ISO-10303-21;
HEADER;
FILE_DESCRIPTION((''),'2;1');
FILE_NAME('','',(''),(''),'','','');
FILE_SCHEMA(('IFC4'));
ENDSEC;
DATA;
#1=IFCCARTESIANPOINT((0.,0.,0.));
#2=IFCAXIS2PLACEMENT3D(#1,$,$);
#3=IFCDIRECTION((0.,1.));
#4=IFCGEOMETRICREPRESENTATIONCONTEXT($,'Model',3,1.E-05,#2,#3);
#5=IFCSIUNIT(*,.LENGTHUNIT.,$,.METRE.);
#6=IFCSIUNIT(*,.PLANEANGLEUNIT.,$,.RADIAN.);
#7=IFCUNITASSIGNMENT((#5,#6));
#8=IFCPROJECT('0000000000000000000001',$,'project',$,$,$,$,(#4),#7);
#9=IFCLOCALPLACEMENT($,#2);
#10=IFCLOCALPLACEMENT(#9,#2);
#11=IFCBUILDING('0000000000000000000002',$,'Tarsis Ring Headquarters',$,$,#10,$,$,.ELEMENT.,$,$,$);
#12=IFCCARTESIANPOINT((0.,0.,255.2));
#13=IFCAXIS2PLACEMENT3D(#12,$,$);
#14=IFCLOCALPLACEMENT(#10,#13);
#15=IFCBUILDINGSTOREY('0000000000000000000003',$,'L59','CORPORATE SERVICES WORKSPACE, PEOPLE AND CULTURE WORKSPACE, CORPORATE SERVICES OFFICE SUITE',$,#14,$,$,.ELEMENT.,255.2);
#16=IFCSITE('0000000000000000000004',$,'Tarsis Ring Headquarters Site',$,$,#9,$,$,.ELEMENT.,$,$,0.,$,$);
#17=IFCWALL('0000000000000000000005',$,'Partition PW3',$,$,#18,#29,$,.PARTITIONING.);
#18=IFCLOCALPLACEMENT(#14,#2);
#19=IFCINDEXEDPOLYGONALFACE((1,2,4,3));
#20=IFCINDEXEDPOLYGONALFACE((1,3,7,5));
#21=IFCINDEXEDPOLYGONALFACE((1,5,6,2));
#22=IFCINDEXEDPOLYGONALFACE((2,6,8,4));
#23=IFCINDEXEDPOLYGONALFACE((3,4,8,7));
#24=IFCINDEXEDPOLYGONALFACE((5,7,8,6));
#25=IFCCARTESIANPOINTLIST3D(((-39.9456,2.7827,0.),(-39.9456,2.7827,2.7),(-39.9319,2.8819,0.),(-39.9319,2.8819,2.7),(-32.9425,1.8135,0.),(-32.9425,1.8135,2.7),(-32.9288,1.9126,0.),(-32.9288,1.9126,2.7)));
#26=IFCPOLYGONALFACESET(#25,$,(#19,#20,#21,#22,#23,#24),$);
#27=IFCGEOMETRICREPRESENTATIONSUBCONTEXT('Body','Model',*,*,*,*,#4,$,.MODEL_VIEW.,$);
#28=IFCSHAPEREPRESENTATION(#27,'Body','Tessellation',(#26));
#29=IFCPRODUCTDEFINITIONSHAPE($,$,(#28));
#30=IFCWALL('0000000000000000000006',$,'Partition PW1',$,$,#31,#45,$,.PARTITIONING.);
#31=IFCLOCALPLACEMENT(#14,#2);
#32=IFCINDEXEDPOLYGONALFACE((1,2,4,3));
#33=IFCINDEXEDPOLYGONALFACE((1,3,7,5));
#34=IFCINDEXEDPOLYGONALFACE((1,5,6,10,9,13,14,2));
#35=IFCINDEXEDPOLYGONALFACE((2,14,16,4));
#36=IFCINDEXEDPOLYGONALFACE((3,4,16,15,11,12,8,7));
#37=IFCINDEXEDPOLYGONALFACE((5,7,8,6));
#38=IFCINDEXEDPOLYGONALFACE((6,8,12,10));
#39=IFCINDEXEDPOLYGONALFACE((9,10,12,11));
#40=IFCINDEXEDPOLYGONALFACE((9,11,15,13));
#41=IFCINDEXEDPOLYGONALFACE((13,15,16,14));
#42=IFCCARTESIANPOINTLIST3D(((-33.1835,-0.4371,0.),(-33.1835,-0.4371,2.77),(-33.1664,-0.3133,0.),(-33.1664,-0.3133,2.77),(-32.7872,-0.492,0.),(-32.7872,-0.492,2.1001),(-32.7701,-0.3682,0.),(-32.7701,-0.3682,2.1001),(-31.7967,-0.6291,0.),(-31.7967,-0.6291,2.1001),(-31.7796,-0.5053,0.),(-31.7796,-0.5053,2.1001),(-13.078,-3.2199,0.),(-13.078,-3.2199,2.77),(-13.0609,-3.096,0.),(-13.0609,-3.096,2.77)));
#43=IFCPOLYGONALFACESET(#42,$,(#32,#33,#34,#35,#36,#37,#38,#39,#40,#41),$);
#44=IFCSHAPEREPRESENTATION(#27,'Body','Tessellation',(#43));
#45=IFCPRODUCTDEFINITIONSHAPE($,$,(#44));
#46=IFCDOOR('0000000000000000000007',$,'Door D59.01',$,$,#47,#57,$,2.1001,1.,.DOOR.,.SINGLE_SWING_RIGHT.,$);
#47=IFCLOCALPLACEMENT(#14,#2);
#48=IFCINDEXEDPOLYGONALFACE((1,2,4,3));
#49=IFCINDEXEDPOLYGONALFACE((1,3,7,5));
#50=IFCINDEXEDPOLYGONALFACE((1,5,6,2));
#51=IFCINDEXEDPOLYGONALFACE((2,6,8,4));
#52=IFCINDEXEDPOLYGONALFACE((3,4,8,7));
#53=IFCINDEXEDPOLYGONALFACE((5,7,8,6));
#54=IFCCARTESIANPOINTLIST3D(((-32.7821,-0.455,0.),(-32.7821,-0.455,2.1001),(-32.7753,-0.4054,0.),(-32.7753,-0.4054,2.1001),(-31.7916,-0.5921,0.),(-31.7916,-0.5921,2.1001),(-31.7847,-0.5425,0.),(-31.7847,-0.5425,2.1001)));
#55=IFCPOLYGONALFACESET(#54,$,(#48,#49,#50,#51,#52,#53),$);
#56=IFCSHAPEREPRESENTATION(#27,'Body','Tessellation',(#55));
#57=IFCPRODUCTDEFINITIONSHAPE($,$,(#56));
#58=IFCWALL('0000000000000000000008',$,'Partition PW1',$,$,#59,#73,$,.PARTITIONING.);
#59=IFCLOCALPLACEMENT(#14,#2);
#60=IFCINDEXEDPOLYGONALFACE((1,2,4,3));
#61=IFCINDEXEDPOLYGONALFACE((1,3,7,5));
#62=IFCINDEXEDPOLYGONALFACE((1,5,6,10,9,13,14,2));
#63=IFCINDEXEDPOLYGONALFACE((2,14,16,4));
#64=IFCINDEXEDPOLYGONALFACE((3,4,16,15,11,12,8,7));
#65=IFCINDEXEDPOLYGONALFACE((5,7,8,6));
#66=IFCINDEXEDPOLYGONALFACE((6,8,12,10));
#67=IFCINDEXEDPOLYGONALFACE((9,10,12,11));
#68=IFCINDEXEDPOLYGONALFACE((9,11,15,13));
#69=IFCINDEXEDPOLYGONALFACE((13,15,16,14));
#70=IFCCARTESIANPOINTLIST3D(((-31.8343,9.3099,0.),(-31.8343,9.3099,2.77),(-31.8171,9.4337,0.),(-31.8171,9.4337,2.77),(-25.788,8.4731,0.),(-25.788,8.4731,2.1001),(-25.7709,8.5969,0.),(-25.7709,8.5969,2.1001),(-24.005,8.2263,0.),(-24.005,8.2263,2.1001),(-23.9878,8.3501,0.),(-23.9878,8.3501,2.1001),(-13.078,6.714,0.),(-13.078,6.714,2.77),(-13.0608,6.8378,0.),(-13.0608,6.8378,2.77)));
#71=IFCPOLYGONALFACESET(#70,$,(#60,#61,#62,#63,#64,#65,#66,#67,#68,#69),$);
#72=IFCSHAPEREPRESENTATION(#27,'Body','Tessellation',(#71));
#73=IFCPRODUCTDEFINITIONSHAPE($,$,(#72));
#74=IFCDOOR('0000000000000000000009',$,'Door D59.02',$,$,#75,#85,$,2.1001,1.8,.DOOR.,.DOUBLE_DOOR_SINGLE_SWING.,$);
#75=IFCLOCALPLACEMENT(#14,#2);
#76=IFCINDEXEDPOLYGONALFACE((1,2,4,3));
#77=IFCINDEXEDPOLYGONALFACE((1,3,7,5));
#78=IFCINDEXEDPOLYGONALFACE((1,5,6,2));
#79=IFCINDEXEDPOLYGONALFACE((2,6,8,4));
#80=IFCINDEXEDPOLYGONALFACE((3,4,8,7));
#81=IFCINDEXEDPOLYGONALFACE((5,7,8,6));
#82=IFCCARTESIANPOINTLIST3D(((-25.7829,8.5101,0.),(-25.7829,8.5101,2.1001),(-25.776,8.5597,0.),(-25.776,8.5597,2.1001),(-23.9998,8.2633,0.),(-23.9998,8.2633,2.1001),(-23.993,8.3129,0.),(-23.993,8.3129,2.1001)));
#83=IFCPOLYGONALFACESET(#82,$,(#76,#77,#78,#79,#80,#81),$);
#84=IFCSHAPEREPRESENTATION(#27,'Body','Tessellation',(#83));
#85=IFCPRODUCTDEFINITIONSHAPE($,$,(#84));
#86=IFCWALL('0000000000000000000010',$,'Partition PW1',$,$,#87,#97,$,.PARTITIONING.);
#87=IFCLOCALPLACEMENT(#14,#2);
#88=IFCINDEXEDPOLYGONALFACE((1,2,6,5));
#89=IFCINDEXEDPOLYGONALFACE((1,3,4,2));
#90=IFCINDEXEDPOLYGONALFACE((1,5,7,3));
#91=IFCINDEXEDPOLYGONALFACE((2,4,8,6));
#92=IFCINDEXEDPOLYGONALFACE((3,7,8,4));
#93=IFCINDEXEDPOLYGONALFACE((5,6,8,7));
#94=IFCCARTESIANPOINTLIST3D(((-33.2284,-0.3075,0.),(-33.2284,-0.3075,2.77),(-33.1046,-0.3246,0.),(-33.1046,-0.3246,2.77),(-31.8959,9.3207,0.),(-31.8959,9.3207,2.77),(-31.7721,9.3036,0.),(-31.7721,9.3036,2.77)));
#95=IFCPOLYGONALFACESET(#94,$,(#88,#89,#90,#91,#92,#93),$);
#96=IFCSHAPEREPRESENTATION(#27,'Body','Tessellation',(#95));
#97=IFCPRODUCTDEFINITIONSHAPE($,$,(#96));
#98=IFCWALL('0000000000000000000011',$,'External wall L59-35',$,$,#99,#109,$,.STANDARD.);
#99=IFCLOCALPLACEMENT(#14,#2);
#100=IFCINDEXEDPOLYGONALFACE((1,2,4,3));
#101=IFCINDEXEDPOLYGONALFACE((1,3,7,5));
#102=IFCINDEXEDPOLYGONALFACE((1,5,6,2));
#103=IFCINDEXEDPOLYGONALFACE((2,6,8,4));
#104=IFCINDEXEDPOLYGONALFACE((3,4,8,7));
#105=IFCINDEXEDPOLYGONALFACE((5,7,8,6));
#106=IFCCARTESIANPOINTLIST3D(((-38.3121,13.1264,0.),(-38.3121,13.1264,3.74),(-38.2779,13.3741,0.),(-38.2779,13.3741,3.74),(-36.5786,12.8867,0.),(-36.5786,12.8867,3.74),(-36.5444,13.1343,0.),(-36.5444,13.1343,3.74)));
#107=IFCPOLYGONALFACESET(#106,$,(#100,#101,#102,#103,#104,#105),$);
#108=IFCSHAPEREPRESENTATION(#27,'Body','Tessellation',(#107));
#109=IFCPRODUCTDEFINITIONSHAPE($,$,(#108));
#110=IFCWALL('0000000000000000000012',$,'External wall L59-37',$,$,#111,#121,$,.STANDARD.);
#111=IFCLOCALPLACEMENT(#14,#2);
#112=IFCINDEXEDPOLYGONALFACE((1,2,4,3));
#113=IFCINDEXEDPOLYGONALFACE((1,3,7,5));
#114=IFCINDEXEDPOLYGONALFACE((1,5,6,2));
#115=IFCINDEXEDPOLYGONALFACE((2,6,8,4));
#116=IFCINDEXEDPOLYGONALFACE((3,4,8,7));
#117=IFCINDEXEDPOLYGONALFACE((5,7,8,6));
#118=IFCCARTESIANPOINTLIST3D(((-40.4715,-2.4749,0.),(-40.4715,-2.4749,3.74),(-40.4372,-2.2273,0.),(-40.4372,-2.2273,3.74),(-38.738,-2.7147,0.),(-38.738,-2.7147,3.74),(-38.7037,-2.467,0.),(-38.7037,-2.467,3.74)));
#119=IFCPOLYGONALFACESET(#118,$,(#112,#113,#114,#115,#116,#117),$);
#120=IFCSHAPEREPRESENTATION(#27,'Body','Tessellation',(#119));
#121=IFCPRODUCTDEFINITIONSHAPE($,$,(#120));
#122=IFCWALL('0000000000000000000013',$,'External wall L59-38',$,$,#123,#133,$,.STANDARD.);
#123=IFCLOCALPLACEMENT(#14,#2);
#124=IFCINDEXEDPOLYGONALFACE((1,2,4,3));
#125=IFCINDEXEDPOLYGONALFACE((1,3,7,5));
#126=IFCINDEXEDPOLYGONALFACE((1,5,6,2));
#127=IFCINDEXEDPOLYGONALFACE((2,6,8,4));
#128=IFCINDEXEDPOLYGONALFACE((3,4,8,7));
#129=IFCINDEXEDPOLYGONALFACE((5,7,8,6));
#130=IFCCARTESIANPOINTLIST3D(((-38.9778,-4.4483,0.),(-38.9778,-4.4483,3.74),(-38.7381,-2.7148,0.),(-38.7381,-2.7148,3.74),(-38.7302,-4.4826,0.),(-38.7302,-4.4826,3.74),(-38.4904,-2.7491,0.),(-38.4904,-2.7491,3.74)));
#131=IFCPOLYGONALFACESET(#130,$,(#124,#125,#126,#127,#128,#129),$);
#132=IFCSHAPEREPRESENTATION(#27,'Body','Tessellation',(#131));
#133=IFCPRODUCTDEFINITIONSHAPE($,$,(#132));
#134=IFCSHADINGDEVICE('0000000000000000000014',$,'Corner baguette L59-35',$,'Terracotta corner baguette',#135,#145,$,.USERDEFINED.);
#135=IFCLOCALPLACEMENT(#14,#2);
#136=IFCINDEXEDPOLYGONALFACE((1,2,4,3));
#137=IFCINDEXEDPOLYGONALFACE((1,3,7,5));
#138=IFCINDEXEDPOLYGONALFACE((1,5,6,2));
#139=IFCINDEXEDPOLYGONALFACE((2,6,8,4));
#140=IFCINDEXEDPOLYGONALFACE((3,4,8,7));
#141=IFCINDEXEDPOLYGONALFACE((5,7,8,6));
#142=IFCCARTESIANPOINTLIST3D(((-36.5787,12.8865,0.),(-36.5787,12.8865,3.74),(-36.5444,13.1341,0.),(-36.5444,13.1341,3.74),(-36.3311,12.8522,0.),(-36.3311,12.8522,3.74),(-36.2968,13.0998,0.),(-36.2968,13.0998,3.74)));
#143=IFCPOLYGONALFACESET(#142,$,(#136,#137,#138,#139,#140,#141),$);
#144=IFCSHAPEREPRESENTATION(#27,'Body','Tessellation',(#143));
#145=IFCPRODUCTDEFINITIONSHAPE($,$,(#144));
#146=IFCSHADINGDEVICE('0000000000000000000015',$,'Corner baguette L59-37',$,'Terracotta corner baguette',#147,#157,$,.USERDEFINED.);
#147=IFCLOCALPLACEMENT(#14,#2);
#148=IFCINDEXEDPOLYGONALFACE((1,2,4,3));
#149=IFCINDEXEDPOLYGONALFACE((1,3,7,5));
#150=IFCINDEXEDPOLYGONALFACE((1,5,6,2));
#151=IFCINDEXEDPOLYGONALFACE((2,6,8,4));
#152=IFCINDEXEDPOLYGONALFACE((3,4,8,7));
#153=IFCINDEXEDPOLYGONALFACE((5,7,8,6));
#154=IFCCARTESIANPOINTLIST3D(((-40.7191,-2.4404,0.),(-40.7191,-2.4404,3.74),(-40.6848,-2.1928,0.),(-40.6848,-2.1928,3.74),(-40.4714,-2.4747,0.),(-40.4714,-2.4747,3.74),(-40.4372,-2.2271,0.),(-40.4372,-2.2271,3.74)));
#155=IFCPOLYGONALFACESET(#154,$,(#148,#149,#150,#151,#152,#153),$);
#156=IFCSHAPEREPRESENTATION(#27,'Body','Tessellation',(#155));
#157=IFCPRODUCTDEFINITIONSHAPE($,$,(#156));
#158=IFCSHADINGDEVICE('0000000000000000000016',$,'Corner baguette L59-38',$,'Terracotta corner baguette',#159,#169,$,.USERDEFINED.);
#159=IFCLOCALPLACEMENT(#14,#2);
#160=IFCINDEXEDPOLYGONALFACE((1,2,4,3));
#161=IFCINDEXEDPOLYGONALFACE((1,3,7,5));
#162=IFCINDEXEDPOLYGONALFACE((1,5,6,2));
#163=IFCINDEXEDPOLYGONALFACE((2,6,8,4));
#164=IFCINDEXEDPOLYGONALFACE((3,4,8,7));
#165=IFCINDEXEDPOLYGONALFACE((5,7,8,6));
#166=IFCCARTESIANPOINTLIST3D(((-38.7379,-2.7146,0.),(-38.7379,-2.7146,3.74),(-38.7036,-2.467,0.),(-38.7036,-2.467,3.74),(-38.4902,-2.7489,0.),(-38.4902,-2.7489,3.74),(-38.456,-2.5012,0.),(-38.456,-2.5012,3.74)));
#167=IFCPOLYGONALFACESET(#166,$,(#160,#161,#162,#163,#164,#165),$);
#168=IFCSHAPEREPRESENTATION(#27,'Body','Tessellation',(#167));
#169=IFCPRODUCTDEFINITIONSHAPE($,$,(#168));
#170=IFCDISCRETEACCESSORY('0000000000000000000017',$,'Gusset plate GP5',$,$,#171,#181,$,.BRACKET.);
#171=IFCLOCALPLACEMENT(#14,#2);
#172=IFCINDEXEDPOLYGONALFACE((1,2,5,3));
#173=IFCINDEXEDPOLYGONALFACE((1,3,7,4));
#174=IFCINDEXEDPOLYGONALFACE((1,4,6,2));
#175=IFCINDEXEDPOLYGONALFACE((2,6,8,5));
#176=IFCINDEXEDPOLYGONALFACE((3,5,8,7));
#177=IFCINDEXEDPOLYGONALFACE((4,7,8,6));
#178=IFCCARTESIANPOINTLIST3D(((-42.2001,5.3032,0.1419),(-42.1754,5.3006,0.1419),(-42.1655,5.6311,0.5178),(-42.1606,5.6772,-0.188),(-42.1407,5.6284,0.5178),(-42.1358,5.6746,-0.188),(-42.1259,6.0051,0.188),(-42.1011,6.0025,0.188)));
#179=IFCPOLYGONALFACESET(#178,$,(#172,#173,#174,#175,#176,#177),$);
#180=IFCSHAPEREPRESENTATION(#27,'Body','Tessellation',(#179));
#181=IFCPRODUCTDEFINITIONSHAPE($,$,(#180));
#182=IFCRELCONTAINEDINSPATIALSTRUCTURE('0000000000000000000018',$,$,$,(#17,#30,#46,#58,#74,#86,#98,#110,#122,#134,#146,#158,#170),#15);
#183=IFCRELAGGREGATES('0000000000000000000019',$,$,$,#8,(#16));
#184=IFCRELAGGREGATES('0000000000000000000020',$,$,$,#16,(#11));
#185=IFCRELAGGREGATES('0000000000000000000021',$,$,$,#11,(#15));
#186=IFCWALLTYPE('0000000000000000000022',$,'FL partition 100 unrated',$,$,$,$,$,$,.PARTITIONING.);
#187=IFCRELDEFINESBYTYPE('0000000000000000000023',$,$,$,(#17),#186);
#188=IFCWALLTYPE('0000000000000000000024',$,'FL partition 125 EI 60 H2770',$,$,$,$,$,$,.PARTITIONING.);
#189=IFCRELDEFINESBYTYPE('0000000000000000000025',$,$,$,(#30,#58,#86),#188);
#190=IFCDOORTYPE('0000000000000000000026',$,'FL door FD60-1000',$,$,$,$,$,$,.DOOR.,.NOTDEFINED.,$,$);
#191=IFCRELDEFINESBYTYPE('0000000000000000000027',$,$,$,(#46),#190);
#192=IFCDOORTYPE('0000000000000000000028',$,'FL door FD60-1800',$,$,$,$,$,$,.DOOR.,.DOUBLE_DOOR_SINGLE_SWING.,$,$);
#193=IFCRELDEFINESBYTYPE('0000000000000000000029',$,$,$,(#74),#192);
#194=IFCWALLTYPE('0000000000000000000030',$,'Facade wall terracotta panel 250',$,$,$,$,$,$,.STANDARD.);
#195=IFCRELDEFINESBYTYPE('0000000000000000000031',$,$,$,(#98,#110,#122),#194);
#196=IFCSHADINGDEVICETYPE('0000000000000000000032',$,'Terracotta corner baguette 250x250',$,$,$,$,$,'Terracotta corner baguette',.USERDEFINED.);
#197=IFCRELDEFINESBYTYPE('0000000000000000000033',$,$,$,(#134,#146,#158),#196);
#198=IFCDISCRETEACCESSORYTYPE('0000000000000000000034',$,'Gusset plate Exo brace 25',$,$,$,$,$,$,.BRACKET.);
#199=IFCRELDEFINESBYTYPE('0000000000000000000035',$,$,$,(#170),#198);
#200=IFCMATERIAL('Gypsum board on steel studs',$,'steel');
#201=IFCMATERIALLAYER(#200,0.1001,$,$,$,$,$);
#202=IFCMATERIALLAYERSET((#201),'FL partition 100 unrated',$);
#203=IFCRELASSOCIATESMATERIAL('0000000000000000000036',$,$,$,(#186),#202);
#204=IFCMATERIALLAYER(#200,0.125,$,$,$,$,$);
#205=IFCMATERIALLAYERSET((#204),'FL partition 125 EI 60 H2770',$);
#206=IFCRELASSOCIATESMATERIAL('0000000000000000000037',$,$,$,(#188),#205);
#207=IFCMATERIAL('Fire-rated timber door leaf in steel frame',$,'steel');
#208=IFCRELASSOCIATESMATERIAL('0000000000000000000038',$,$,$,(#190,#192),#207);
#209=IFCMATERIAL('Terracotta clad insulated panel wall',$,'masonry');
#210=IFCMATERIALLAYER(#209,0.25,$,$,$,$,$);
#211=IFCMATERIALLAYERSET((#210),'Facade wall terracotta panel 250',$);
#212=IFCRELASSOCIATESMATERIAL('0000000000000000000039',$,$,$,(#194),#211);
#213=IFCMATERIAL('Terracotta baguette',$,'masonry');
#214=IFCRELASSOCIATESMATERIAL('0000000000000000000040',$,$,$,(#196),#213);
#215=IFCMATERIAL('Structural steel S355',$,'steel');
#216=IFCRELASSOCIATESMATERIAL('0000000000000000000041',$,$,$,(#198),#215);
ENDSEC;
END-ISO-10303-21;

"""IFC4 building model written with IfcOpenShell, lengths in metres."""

from ifc_helpers import new_model, si_unit, direction, frame, frame_2d, origin, origin_2d, place, context, subcontext, project, spatial, rectangle, extrude, material, layer, layer_set, material_profile, profile_set, type_object, element, fill, save


model = new_model("IFC4")

# Units and contexts
model_context = context("Model", 3, precision=1e-05, world=origin(), true_north=direction((0.0, 1.0)))
body_context = subcontext(model_context, "Body", "Model", "MODEL_VIEW")
ifc_project = project(units=[si_unit("LENGTHUNIT", "METRE"), si_unit("PLANEANGLEUNIT", "RADIAN")], contexts=[model_context])

# Site, building, storey
site_placement = place(None, origin())
site = spatial("IfcSite", under=ifc_project, at=site_placement, Name="Tarsis Ring Headquarters Site", CompositionType="ELEMENT", RefElevation=0.0)
building_placement = place(site_placement, origin())
building = spatial("IfcBuilding", under=site, at=building_placement, Name="Tarsis Ring Headquarters", CompositionType="ELEMENT")
storey_placement = place(building_placement, frame((0.0, 0.0, 255.2)))
storey = spatial("IfcBuildingStorey", under=building, at=storey_placement, Name="L59", Description="CORPORATE SERVICES WORKSPACE, PEOPLE AND CULTURE WORKSPACE, CORPORATE SERVICES OFFICE SUITE", CompositionType="ELEMENT", Elevation=255.2)

# Shared definitions
ifc_material_1 = material(Name="Structural steel S355", Category="steel")

# Wall
ifc_material_2 = material(Name="Gypsum board on steel studs", Category="steel")
ifc_layer_1 = layer(ifc_material_2, 0.1001)
ifc_layer_set_1 = layer_set([ifc_layer_1], Name="FL partition 100 unrated")
wall_type_1 = type_object("IfcWallType", Name="FL partition 100 unrated", PredefinedType="PARTITIONING", material=ifc_layer_set_1)
wall_1_placement = place(storey_placement, frame((-39.9387, 2.8323, 0.0), z_axis=(0.0, 0.0, 1.0), x_axis=(0.990558, -0.137093, 0.0)))
element("IfcWall", 1, at=wall_1_placement, inside=storey, type_object=wall_type_1, Name="Partition PW3", PredefinedType="PARTITIONING", context=body_context, shape_type="SweptSolid", body=[
    extrude(rectangle(XDim=7.0698, YDim=0.1001, at=frame_2d((3.5349, 0.0))), origin(), (0.0, 0.0, 1.0), 2.7),
])

# Walls, openings, doors
ifc_layer_2 = layer(ifc_material_2, 0.125)
ifc_layer_set_2 = layer_set([ifc_layer_2], Name="FL partition 125 EI 60 H2770")
wall_type_2 = type_object("IfcWallType", Name="FL partition 125 EI 60 H2770", PredefinedType="PARTITIONING", material=ifc_layer_set_2)
wall_2_placement = place(storey_placement, frame((-33.1748, -0.3752, 0.0), z_axis=(0.0, 0.0, 1.0), x_axis=(0.990557, -0.137099, 0.0)))
wall_2 = element("IfcWall", 2, at=wall_2_placement, inside=storey, type_object=wall_type_2, Name="Partition PW1", PredefinedType="PARTITIONING", context=body_context, shape_type="SweptSolid", body=[
    extrude(rectangle(XDim=20.2971, YDim=0.125, at=frame_2d((10.1484, 0.0))), origin(), (0.0, 0.0, 1.0), 2.77),
])
opening_1_placement = place(wall_2_placement, frame((0.3999, 0.0, 0.0)))
opening_1 = element("IfcOpeningElement", 3, at=opening_1_placement, cuts=wall_2, PredefinedType="OPENING", context=body_context, shape_type="SweptSolid", body=[
    extrude(rectangle(XDim=1.0, YDim=2.1001, at=frame_2d((0.5, 1.05))), frame((0.0, 0.0725, 0.0), z_axis=(0.0, -1.0, 0.0), x_axis=(1.0, 0.0, 0.0)), (0.0, 0.0, 1.0), 0.145),
])
ifc_material_3 = material(Name="Fire-rated timber door leaf in steel frame", Category="steel")
door_type_1 = type_object("IfcDoorType", Name="FL door FD60-1000", OperationType="NOTDEFINED", PredefinedType="DOOR", material=ifc_material_3)
door_1_placement = place(opening_1_placement, origin())
door_1 = element("IfcDoor", 4, at=door_1_placement, inside=storey, type_object=door_type_1, Name="Door D59.01", OperationType="SINGLE_SWING_RIGHT", OverallHeight=2.1001, OverallWidth=1.0, PredefinedType="DOOR", context=body_context, shape_type="SweptSolid", body=[
    extrude(rectangle(XDim=1.0, YDim=2.1001, at=frame_2d((0.5, 1.05))), frame((0.0, 0.0249, 0.0), z_axis=(0.0, -1.0, 0.0), x_axis=(1.0, 0.0, 0.0)), (0.0, 0.0, 1.0), 0.05),
])
fill(opening_1, door_1)
wall_3_placement = place(storey_placement, frame((-31.8257, 9.3718, 0.0), z_axis=(0.0, 0.0, 1.0), x_axis=(0.990558, -0.137097, 0.0)))
wall_3 = element("IfcWall", 5, at=wall_3_placement, inside=storey, type_object=wall_type_2, Name="Partition PW1", PredefinedType="PARTITIONING", context=body_context, shape_type="SweptSolid", body=[
    extrude(rectangle(XDim=18.9351, YDim=0.125, at=frame_2d((9.4675, 0.0))), origin(), (0.0, 0.0, 1.0), 2.77),
])
opening_2_placement = place(wall_3_placement, frame((6.104, 0.0, 0.0)))
opening_2 = element("IfcOpeningElement", 6, at=opening_2_placement, cuts=wall_3, PredefinedType="OPENING", context=body_context, shape_type="SweptSolid", body=[
    extrude(rectangle(XDim=1.8, YDim=2.1001, at=frame_2d((0.8999, 1.05))), frame((0.0, 0.0725, 0.0), z_axis=(0.0, -1.0, 0.0), x_axis=(1.0, 0.0, 0.0)), (0.0, 0.0, 1.0), 0.145),
])
door_type_2 = type_object("IfcDoorType", Name="FL door FD60-1800", OperationType="DOUBLE_DOOR_SINGLE_SWING", PredefinedType="DOOR", material=ifc_material_3)
door_2_placement = place(opening_2_placement, origin())
door_2 = element("IfcDoor", 7, at=door_2_placement, inside=storey, type_object=door_type_2, Name="Door D59.02", OperationType="DOUBLE_DOOR_SINGLE_SWING", OverallHeight=2.1001, OverallWidth=1.8, PredefinedType="DOOR", context=body_context, shape_type="SweptSolid", body=[
    extrude(rectangle(XDim=1.8, YDim=2.1001, at=frame_2d((0.8999, 1.05))), frame((0.0, 0.0249, 0.0), z_axis=(0.0, -1.0, 0.0), x_axis=(1.0, 0.0, 0.0)), (0.0, 0.0, 1.0), 0.05),
])
fill(opening_2, door_2)

# Walls
wall_4_placement = place(storey_placement, frame((-33.1665, -0.3159, 0.0), z_axis=(0.0, 0.0, 1.0), x_axis=(0.137091, 0.990558, 0.0)))
element("IfcWall", 8, at=wall_4_placement, inside=storey, type_object=wall_type_2, Name="Partition PW1", PredefinedType="PARTITIONING", context=body_context, shape_type="SweptSolid", body=[
    extrude(rectangle(XDim=9.72, YDim=0.125, at=frame_2d((4.8599, 0.0))), origin(), (0.0, 0.0, 1.0), 2.77),
])
ifc_material_4 = material(Name="Terracotta clad insulated panel wall", Category="masonry")
ifc_layer_3 = layer(ifc_material_4, 0.25)
ifc_layer_set_3 = layer_set([ifc_layer_3], Name="Facade wall terracotta panel 250")
wall_type_3 = type_object("IfcWallType", Name="Facade wall terracotta panel 250", PredefinedType="STANDARD", material=ifc_layer_set_3)
for number, where, z_axis, x_axis, name in (
    (9, (-36.5615, 13.0105, 0.0), (0.0, 0.0, 1.0), (-0.99057, 0.137006, 0.0), "External wall L59-35"),
    (10, (-40.4543, -2.3511, 0.0), (0.0, 0.0, 1.0), (0.99057, -0.137006, 0.0), "External wall L59-37"),
    (11, (-38.6143, -2.7319, 0.0), (0.0, 0.0, 1.0), (-0.137006, -0.99057, 0.0), "External wall L59-38"),
):
    element("IfcWall", number, at=place(storey_placement, frame(where, z_axis=z_axis, x_axis=x_axis)), inside=storey, type_object=wall_type_3, Name=name, PredefinedType="STANDARD", context=body_context, shape_type="SweptSolid", body=[
        extrude(rectangle(XDim=1.75, YDim=0.25, at=frame_2d((0.875, 0.0))), origin(), (0.0, 0.0, 1.0), 3.74),
    ])

# Shading devices
ifc_material_5 = material(Name="Terracotta baguette", Category="masonry")
shading_device_type_1 = type_object("IfcShadingDeviceType", Name="Terracotta corner baguette 250x250", ElementType="Terracotta corner baguette", PredefinedType="USERDEFINED", material=ifc_material_5)
for number, where, z_axis, x_axis, name in (
    (12, (-36.4377, 12.9932, 0.0), (0.0, 0.0, 1.0), (-0.137099, -0.990557, 0.0), "Corner baguette L59-35"),
    (13, (-40.5781, -2.3337, 0.0), (0.0, 0.0, 1.0), (-0.137099, -0.990557, 0.0), "Corner baguette L59-37"),
    (14, (-38.5969, -2.6079, 0.0), (0.0, 0.0, 1.0), (0.990557, -0.137099, 0.0), "Corner baguette L59-38"),
):
    element("IfcShadingDevice", number, at=place(storey_placement, frame(where, z_axis=z_axis, x_axis=x_axis)), inside=storey, type_object=shading_device_type_1, Name=name, ObjectType="Terracotta corner baguette", PredefinedType="USERDEFINED", context=body_context, shape_type="SweptSolid", body=[
        extrude(rectangle(XDim=0.25, YDim=0.25, at=origin_2d()), origin(), (0.0, 0.0, 1.0), 3.74),
    ])

# Discrete accessory
ifc_material_profile_1 = material_profile(ifc_material_1, rectangle(XDim=0.0249, YDim=0.5, at=origin_2d()), Name="PL 25x500")
ifc_profile_set_1 = profile_set([ifc_material_profile_1], Name="Structural steel S355")
discrete_accessory_type = type_object("IfcDiscreteAccessoryType", Name="Gusset plate Exo brace 25", PredefinedType="BRACKET", material=ifc_profile_set_1)
discrete_accessory_1_placement = place(storey_placement, frame((-42.1309, 5.8398, 0.0), z_axis=(-0.079062, -0.747676, 0.659341), x_axis=(0.994456, -0.105158, 0.0)))
element("IfcDiscreteAccessory", 15, at=discrete_accessory_1_placement, inside=storey, type_object=discrete_accessory_type, Name="Gusset plate GP5", PredefinedType="BRACKET", context=body_context, shape_type="SweptSolid", body=[
    extrude(rectangle(XDim=0.0249, YDim=0.5, at=origin_2d()), origin(), (0.0, 0.0, 1.0), 0.5002),
])

save(model, "model.ifc")
